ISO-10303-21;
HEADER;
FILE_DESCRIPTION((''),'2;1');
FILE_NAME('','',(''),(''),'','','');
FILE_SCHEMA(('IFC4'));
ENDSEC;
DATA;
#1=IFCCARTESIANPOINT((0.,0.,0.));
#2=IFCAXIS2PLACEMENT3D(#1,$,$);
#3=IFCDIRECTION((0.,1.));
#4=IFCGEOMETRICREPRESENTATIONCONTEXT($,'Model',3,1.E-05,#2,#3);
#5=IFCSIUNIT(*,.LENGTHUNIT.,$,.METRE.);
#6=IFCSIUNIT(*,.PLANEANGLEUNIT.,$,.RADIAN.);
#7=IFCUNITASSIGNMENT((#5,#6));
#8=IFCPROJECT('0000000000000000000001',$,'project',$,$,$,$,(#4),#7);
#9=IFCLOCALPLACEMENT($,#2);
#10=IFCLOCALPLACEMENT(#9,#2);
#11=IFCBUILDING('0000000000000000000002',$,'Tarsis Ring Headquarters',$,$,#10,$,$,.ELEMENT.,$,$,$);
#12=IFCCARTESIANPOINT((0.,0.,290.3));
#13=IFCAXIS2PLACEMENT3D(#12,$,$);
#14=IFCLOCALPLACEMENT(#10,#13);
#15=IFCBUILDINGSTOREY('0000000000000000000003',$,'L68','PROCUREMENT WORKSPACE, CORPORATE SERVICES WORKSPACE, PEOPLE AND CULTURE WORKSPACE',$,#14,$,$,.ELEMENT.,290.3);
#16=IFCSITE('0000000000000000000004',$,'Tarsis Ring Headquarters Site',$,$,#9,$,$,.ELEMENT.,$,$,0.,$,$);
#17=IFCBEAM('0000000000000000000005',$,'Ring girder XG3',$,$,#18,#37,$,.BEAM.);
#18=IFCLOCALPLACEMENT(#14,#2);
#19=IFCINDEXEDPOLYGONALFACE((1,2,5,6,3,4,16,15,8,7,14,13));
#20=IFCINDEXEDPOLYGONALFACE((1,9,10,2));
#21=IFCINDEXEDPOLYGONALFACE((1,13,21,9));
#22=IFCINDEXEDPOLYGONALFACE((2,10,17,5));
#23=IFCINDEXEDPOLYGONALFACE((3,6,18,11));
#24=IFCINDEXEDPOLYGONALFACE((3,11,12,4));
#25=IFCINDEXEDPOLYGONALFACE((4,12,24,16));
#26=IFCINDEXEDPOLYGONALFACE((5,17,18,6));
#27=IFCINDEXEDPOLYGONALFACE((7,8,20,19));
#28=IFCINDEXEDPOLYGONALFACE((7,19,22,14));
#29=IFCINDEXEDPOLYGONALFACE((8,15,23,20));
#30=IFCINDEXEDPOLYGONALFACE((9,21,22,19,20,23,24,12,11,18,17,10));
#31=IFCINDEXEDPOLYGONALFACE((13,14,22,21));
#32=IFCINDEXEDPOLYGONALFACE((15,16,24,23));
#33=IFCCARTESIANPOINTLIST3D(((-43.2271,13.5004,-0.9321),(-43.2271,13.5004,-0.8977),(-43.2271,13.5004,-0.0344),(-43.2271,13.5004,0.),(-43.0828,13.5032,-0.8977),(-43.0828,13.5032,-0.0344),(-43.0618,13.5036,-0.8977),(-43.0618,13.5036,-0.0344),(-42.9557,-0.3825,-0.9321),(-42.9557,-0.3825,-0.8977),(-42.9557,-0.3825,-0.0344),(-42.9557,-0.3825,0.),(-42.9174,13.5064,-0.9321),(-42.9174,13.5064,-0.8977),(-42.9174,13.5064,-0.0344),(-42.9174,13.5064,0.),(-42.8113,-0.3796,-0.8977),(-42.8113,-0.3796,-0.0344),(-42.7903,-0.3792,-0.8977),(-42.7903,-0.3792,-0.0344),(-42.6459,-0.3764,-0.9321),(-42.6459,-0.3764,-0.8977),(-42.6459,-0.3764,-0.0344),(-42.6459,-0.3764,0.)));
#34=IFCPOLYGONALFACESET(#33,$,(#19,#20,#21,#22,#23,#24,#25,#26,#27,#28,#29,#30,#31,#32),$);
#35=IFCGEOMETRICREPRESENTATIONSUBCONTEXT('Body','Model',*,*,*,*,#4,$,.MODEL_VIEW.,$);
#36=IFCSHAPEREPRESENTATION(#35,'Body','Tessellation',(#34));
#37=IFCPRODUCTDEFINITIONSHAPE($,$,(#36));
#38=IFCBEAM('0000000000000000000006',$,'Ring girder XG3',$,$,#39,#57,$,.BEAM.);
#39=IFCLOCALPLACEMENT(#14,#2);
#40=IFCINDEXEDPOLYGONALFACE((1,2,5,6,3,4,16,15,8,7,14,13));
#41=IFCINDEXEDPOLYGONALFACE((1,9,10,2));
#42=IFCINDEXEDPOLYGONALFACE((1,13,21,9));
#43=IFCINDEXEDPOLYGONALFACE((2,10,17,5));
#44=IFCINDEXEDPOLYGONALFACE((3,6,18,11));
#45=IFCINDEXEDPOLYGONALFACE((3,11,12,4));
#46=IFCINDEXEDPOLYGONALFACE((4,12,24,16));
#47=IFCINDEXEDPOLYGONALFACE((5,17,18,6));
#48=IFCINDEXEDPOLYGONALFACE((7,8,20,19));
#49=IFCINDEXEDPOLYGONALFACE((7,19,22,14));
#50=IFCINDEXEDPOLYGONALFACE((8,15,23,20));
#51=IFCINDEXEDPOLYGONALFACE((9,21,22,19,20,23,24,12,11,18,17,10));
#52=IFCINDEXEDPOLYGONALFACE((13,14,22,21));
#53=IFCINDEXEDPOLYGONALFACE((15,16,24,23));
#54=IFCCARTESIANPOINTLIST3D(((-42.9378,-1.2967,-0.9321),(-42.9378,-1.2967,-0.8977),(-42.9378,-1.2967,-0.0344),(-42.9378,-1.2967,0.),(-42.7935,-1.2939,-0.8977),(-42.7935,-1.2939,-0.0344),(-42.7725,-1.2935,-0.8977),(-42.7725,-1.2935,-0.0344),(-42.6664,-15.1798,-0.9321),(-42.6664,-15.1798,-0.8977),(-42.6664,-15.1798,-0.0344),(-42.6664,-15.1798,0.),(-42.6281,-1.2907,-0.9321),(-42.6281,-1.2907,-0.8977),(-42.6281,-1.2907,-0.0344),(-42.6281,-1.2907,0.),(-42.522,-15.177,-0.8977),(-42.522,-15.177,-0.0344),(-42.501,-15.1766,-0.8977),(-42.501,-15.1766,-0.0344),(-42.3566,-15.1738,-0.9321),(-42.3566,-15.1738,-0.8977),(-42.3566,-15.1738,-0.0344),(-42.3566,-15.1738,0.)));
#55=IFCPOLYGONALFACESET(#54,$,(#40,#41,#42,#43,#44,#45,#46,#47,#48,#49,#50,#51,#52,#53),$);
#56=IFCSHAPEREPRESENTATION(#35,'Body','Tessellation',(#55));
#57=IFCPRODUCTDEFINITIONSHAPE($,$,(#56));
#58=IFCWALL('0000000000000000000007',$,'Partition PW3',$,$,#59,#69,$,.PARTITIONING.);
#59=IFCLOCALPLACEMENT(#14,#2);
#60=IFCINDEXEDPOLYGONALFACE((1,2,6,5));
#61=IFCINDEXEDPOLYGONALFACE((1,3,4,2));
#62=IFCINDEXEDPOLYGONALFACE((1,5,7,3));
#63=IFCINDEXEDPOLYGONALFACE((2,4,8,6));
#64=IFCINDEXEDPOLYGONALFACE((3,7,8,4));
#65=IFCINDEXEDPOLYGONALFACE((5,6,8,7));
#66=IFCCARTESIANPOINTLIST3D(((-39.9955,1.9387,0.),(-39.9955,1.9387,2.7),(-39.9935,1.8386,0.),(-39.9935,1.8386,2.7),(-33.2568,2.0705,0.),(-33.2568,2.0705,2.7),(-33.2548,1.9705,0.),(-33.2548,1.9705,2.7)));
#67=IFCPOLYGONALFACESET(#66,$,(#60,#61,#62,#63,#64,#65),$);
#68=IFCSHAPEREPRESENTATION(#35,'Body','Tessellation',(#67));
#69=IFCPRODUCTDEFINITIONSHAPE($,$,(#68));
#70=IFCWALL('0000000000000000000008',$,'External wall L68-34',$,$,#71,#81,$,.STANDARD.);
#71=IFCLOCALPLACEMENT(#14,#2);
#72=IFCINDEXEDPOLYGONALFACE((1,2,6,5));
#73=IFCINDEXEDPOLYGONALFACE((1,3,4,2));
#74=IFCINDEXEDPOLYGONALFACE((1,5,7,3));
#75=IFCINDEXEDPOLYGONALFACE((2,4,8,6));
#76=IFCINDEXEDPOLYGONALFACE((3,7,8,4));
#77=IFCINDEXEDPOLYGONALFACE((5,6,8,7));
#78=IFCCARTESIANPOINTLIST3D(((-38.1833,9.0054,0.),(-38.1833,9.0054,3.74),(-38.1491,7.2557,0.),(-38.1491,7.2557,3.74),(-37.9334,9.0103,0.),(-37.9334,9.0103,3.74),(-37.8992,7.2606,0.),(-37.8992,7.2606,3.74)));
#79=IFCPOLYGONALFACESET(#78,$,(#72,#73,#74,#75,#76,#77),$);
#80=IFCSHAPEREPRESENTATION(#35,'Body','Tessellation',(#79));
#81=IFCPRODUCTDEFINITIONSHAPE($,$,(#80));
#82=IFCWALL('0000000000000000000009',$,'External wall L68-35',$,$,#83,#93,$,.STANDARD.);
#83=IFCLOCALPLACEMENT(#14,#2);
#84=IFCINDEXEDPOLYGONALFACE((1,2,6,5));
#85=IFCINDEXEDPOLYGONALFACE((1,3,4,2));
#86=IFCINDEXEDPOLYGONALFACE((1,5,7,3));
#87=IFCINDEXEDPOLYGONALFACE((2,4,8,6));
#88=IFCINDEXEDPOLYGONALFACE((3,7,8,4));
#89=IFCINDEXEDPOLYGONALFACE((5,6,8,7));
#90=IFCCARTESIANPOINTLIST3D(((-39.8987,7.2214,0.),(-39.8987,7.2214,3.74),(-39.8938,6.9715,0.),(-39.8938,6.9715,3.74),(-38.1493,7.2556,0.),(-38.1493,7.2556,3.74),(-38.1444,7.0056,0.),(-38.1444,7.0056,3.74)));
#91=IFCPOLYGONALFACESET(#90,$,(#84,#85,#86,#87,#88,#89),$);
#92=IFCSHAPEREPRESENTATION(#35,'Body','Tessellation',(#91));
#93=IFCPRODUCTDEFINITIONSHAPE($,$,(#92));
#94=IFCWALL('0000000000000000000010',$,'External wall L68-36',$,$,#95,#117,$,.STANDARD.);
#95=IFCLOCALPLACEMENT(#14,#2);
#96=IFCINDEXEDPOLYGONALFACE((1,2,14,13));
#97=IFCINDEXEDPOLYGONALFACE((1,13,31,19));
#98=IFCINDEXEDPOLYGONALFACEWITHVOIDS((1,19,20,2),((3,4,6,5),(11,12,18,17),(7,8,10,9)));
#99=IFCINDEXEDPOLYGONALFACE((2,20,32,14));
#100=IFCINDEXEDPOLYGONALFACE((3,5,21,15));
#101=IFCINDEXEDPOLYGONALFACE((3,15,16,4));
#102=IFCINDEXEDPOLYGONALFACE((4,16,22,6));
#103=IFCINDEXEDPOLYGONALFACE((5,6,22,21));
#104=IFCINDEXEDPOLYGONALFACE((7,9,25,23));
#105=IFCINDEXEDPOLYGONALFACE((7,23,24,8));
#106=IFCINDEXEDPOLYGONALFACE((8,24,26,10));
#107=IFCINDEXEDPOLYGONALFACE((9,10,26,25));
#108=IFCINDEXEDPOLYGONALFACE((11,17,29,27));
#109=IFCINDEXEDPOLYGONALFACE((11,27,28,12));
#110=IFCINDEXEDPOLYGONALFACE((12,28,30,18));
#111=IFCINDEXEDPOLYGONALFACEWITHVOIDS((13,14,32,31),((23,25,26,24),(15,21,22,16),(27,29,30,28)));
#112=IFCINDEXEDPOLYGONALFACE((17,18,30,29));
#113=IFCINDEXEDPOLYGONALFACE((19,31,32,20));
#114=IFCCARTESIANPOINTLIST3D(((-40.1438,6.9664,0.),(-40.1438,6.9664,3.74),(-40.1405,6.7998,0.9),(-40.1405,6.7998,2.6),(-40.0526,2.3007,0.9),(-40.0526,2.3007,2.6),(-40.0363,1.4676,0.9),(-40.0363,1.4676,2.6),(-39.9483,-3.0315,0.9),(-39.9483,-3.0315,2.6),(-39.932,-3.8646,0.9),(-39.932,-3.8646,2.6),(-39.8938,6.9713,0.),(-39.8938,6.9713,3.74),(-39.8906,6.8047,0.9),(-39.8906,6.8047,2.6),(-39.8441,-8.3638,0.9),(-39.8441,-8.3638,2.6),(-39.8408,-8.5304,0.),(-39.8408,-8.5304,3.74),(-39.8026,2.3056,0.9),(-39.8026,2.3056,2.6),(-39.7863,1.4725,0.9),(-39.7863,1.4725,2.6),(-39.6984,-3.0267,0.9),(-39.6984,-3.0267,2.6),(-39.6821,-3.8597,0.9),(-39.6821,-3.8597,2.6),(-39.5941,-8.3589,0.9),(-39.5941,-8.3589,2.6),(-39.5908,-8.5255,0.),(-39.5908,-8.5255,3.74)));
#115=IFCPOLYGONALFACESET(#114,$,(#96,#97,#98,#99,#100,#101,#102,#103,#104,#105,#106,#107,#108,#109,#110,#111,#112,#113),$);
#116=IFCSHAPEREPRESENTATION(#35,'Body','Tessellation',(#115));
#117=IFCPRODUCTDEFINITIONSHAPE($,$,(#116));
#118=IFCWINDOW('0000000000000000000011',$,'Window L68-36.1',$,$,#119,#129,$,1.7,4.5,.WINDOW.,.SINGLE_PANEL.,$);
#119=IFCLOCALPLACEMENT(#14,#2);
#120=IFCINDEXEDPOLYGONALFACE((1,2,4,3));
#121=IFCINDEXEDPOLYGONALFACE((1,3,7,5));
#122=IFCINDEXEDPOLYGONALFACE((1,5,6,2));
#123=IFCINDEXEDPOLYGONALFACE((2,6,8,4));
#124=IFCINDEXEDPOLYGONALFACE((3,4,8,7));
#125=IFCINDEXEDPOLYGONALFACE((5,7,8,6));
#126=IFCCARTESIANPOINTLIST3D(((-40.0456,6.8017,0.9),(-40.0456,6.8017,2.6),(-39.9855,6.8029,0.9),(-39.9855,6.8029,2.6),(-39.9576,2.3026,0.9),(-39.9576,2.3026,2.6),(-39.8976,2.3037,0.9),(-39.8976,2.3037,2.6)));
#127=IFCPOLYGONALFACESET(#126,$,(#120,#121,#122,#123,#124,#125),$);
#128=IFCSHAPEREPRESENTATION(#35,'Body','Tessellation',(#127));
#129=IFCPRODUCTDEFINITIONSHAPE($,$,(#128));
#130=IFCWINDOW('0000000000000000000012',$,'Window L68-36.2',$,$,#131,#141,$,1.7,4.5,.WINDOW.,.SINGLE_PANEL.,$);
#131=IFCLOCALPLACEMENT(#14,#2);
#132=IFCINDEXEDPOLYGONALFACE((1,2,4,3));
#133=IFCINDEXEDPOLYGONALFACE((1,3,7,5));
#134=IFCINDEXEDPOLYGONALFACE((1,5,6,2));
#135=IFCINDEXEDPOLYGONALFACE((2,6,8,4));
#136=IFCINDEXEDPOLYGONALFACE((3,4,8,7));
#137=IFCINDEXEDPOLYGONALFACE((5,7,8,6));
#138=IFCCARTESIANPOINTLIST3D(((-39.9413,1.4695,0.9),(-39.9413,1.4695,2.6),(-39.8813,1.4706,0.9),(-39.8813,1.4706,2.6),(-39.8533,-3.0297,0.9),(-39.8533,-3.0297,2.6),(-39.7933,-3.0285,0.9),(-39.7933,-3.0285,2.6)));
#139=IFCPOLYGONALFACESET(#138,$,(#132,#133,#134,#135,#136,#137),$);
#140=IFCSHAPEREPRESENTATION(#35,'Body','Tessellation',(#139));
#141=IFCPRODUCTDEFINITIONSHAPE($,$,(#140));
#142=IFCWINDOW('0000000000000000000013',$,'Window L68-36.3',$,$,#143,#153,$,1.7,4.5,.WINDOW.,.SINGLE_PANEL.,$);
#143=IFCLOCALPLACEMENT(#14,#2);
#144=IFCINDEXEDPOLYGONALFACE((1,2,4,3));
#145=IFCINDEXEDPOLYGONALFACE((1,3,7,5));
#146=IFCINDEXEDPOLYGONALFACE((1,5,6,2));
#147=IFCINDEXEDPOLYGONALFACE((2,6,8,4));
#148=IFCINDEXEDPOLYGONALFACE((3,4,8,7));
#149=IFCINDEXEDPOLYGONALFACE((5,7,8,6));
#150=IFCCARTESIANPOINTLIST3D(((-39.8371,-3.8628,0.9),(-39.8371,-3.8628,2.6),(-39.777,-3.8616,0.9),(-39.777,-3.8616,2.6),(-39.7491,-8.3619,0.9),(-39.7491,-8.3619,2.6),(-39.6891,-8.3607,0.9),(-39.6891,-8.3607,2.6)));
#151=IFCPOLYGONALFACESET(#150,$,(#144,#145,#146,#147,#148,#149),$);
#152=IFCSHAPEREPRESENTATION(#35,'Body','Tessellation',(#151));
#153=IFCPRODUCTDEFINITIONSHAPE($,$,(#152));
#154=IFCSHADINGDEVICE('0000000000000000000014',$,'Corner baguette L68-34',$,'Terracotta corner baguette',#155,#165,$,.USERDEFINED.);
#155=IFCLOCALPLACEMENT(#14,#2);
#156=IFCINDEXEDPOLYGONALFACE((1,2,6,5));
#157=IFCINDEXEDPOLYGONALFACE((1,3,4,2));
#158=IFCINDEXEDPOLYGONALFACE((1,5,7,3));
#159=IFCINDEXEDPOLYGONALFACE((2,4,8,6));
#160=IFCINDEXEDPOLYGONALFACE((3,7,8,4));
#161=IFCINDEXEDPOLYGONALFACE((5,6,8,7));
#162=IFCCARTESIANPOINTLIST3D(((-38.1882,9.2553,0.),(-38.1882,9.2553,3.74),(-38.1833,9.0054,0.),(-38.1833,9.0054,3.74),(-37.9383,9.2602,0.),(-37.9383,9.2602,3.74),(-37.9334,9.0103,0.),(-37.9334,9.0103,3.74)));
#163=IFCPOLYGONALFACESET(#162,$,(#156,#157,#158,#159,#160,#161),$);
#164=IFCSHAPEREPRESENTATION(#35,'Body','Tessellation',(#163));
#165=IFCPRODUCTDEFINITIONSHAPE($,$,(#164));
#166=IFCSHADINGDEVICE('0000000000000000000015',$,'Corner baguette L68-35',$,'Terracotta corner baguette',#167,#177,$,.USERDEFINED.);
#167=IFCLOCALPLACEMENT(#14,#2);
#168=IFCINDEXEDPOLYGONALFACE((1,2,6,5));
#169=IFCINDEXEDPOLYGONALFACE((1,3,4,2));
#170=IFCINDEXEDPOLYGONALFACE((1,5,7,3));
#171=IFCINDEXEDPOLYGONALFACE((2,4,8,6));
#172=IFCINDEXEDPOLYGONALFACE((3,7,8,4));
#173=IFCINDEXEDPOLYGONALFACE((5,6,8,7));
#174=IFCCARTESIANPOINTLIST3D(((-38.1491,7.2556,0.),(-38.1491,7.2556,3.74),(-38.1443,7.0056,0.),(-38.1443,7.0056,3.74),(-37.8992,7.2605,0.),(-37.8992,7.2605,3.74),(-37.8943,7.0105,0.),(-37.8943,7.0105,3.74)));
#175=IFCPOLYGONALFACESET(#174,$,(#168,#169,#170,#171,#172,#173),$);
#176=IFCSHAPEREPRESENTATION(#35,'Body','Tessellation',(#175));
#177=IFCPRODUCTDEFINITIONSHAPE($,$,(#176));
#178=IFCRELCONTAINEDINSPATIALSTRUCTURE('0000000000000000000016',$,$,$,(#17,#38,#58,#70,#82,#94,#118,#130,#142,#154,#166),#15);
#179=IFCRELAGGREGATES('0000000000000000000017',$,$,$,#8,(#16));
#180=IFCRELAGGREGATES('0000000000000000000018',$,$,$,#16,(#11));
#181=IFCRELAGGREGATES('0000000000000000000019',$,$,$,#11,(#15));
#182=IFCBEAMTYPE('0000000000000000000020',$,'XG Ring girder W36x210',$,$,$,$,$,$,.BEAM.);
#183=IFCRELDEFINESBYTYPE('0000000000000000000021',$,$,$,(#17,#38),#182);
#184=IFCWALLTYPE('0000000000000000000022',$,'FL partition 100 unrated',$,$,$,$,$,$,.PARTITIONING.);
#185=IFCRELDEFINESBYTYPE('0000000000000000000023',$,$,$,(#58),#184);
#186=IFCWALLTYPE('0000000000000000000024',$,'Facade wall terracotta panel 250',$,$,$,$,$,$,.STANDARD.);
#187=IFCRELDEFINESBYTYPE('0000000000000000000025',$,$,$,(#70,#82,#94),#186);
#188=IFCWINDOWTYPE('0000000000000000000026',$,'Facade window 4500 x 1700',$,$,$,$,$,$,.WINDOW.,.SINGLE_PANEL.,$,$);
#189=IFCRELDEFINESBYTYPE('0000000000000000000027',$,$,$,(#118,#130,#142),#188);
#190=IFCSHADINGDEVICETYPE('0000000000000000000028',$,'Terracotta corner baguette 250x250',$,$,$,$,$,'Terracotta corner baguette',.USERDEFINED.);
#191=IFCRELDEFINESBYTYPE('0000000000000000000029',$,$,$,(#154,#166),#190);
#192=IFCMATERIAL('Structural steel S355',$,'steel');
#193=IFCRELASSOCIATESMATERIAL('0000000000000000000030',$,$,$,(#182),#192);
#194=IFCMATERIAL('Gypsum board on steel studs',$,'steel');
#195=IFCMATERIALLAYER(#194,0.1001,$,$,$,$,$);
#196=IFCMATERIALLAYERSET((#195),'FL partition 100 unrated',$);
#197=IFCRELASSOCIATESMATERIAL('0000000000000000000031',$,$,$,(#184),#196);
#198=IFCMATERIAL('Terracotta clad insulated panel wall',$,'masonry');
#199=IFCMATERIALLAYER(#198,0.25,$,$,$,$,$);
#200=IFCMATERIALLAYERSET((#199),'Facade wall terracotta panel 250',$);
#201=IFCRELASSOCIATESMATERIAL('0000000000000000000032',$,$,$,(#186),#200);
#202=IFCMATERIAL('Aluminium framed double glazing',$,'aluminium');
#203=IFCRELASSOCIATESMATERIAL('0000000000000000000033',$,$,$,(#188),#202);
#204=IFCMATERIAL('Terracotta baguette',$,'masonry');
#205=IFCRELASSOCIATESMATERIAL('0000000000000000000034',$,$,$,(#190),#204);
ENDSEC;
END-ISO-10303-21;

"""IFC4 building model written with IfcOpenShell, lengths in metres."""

from ifc_helpers import new_model, si_unit, direction, frame, frame_2d, origin, origin_2d, place, context, subcontext, project, spatial, rectangle, i_section, extrude, material, layer, layer_set, material_profile, profile_set, type_object, element, fill, save


model = new_model("IFC4")

# Units and contexts
model_context = context("Model", 3, precision=1e-05, world=origin(), true_north=direction((0.0, 1.0)))
body_context = subcontext(model_context, "Body", "Model", "MODEL_VIEW")
ifc_project = project(units=[si_unit("LENGTHUNIT", "METRE"), si_unit("PLANEANGLEUNIT", "RADIAN")], contexts=[model_context])

# Site, building, storey
site_placement = place(None, origin())
site = spatial("IfcSite", under=ifc_project, at=site_placement, Name="Tarsis Ring Headquarters Site", CompositionType="ELEMENT", RefElevation=0.0)
building_placement = place(site_placement, origin())
building = spatial("IfcBuilding", under=site, at=building_placement, Name="Tarsis Ring Headquarters", CompositionType="ELEMENT")
storey_placement = place(building_placement, frame((0.0, 0.0, 290.3)))
storey = spatial("IfcBuildingStorey", under=building, at=storey_placement, Name="L68", Description="PROCUREMENT WORKSPACE, CORPORATE SERVICES WORKSPACE, PEOPLE AND CULTURE WORKSPACE", CompositionType="ELEMENT", Elevation=290.3)

# Shared definitions
ifc_material_1 = material(Name="Structural steel S355", Category="steel")

# Beams
ifc_material_profile_1 = material_profile(ifc_material_1, i_section(OverallWidth=0.3098, OverallDepth=0.9321, WebThickness=0.021, FlangeThickness=0.0344, at=origin_2d()), Name="W36x210")
ifc_profile_set_1 = profile_set([ifc_material_profile_1], Name="Structural steel S355")
beam_type_1 = type_object("IfcBeamType", Name="XG Ring girder W36x210", PredefinedType="BEAM", material=ifc_profile_set_1)
beam_1_placement = place(storey_placement, frame((-43.0723, 13.5034, -0.4661), z_axis=(0.019552, -0.999809, 0.0), x_axis=(0.999809, 0.019552, 0.0)))
element("IfcBeam", 1, at=beam_1_placement, inside=storey, type_object=beam_type_1, Name="Ring girder XG3", PredefinedType="BEAM", context=body_context, shape_type="SweptSolid", body=[
    extrude(i_section(OverallWidth=0.3098, OverallDepth=0.9321, WebThickness=0.021, FlangeThickness=0.0344, at=origin_2d()), origin(), (0.0, 0.0, 1.0), 13.8855),
])
beam_2_placement = place(storey_placement, frame((-42.783, -1.2937, -0.4661), z_axis=(0.019551, -0.999809, 0.0), x_axis=(0.999809, 0.019551, 0.0)))
element("IfcBeam", 2, at=beam_2_placement, inside=storey, type_object=beam_type_1, Name="Ring girder XG3", PredefinedType="BEAM", context=body_context, shape_type="SweptSolid", body=[
    extrude(i_section(OverallWidth=0.3098, OverallDepth=0.9321, WebThickness=0.021, FlangeThickness=0.0344, at=origin_2d()), origin(), (0.0, 0.0, 1.0), 13.8857),
])

# Walls
ifc_material_2 = material(Name="Gypsum board on steel studs", Category="steel")
ifc_layer_1 = layer(ifc_material_2, 0.1001)
ifc_layer_set_1 = layer_set([ifc_layer_1], Name="FL partition 100 unrated")
wall_type_1 = type_object("IfcWallType", Name="FL partition 100 unrated", PredefinedType="PARTITIONING", material=ifc_layer_set_1)
wall_1_placement = place(storey_placement, frame((-39.9946, 1.8887, 0.0), z_axis=(0.0, 0.0, 1.0), x_axis=(0.999809, 0.01956, 0.0)))
element("IfcWall", 3, at=wall_1_placement, inside=storey, type_object=wall_type_1, Name="Partition PW3", PredefinedType="PARTITIONING", context=body_context, shape_type="SweptSolid", body=[
    extrude(rectangle(XDim=6.74, YDim=0.1001, at=frame_2d((3.3701, 0.0))), origin(), (0.0, 0.0, 1.0), 2.7),
])
ifc_material_3 = material(Name="Terracotta clad insulated panel wall", Category="masonry")
ifc_layer_2 = layer(ifc_material_3, 0.25)
ifc_layer_set_2 = layer_set([ifc_layer_2], Name="Facade wall terracotta panel 250")
wall_type_2 = type_object("IfcWallType", Name="Facade wall terracotta panel 250", PredefinedType="STANDARD", material=ifc_layer_set_2)
wall_2_placement = place(storey_placement, frame((-38.0583, 9.0078, 0.0), z_axis=(0.0, 0.0, 1.0), x_axis=(0.01953, -0.999809, 0.0)))
element("IfcWall", 4, at=wall_2_placement, inside=storey, type_object=wall_type_2, Name="External wall L68-34", PredefinedType="STANDARD", context=body_context, shape_type="SweptSolid", body=[
    extrude(rectangle(XDim=1.75, YDim=0.25, at=frame_2d((0.875, 0.0))), origin(), (0.0, 0.0, 1.0), 3.74),
])
wall_3_placement = place(storey_placement, frame((-38.1467, 7.1306, 0.0), z_axis=(0.0, 0.0, 1.0), x_axis=(-0.999809, -0.019533, 0.0)))
element("IfcWall", 5, at=wall_3_placement, inside=storey, type_object=wall_type_2, Name="External wall L68-35", PredefinedType="STANDARD", context=body_context, shape_type="SweptSolid", body=[
    extrude(rectangle(XDim=1.7498, YDim=0.25, at=frame_2d((0.875, 0.0))), origin(), (0.0, 0.0, 1.0), 3.74),
])

# Wall, openings, windows
wall_4_placement = place(storey_placement, frame((-40.0188, 6.969, 0.0), z_axis=(0.0, 0.0, 1.0), x_axis=(0.019547, -0.999809, 0.0)))
wall_4 = element("IfcWall", 6, at=wall_4_placement, inside=storey, type_object=wall_type_2, Name="External wall L68-36", PredefinedType="STANDARD", context=body_context, shape_type="SweptSolid", body=[
    extrude(rectangle(XDim=15.4998, YDim=0.25, at=frame_2d((7.75, 0.0))), origin(), (0.0, 0.0, 1.0), 3.74),
])
opening_1_placement = place(wall_4_placement, frame((0.1667, 0.0, 0.8999)))
opening_1 = element("IfcOpeningElement", 7, at=opening_1_placement, cuts=wall_4, PredefinedType="OPENING", context=body_context, shape_type="SweptSolid", body=[
    extrude(rectangle(XDim=4.5, YDim=1.7, at=frame_2d((2.25, 0.8501))), frame((0.0, 0.135, 0.0), z_axis=(0.0, -1.0, 0.0), x_axis=(1.0, 0.0, 0.0)), (0.0, 0.0, 1.0), 0.27),
])
opening_2_placement = place(wall_4_placement, frame((5.5, 0.0, 0.8999)))
opening_2 = element("IfcOpeningElement", 8, at=opening_2_placement, cuts=wall_4, PredefinedType="OPENING", context=body_context, shape_type="SweptSolid", body=[
    extrude(rectangle(XDim=4.5, YDim=1.7, at=frame_2d((2.25, 0.8501))), frame((0.0, 0.135, 0.0), z_axis=(0.0, -1.0, 0.0), x_axis=(1.0, 0.0, 0.0)), (0.0, 0.0, 1.0), 0.27),
])
opening_3_placement = place(wall_4_placement, frame((10.8333, 0.0, 0.8999)))
opening_3 = element("IfcOpeningElement", 9, at=opening_3_placement, cuts=wall_4, PredefinedType="OPENING", context=body_context, shape_type="SweptSolid", body=[
    extrude(rectangle(XDim=4.5, YDim=1.7, at=frame_2d((2.25, 0.8501))), frame((0.0, 0.135, 0.0), z_axis=(0.0, -1.0, 0.0), x_axis=(1.0, 0.0, 0.0)), (0.0, 0.0, 1.0), 0.27),
])
ifc_material_4 = material(Name="Aluminium framed double glazing", Category="aluminium")
window_type = type_object("IfcWindowType", Name="Facade window 4500 x 1700", PartitioningType="SINGLE_PANEL", PredefinedType="WINDOW", material=ifc_material_4)
window_1_placement = place(opening_1_placement, origin())
window_1 = element("IfcWindow", 10, at=window_1_placement, inside=storey, type_object=window_type, Name="Window L68-36.1", OverallHeight=1.7, OverallWidth=4.5, PartitioningType="SINGLE_PANEL", PredefinedType="WINDOW", context=body_context, shape_type="SweptSolid", body=[
    extrude(rectangle(XDim=4.5, YDim=1.7, at=frame_2d((2.25, 0.8501))), frame((0.0, 0.03, 0.0), z_axis=(0.0, -1.0, 0.0), x_axis=(1.0, 0.0, 0.0)), (0.0, 0.0, 1.0), 0.0601),
])
fill(opening_1, window_1)
window_2_placement = place(opening_2_placement, origin())
window_2 = element("IfcWindow", 11, at=window_2_placement, inside=storey, type_object=window_type, Name="Window L68-36.2", OverallHeight=1.7, OverallWidth=4.5, PartitioningType="SINGLE_PANEL", PredefinedType="WINDOW", context=body_context, shape_type="SweptSolid", body=[
    extrude(rectangle(XDim=4.5, YDim=1.7, at=frame_2d((2.25, 0.8501))), frame((0.0, 0.03, 0.0), z_axis=(0.0, -1.0, 0.0), x_axis=(1.0, 0.0, 0.0)), (0.0, 0.0, 1.0), 0.0601),
])
fill(opening_2, window_2)
window_3_placement = place(opening_3_placement, origin())
window_3 = element("IfcWindow", 12, at=window_3_placement, inside=storey, type_object=window_type, Name="Window L68-36.3", OverallHeight=1.7, OverallWidth=4.5, PartitioningType="SINGLE_PANEL", PredefinedType="WINDOW", context=body_context, shape_type="SweptSolid", body=[
    extrude(rectangle(XDim=4.5, YDim=1.7, at=frame_2d((2.25, 0.8501))), frame((0.0, 0.03, 0.0), z_axis=(0.0, -1.0, 0.0), x_axis=(1.0, 0.0, 0.0)), (0.0, 0.0, 1.0), 0.0601),
])
fill(opening_3, window_3)

# Shading devices
ifc_material_5 = material(Name="Terracotta baguette", Category="masonry")
shading_device_type_1 = type_object("IfcShadingDeviceType", Name="Terracotta corner baguette 250x250", ElementType="Terracotta corner baguette", PredefinedType="USERDEFINED", material=ifc_material_5)
for number, where, z_axis, x_axis, name in (
    (13, (-38.0608, 9.1328, 0.0), (0.0, 0.0, 1.0), (-0.999809, -0.019546, 0.0), "Corner baguette L68-34"),
    (14, (-38.0217, 7.1331, 0.0), (0.0, 0.0, 1.0), (0.019547, -0.999809, 0.0), "Corner baguette L68-35"),
):
    element("IfcShadingDevice", number, at=place(storey_placement, frame(where, z_axis=z_axis, x_axis=x_axis)), inside=storey, type_object=shading_device_type_1, Name=name, ObjectType="Terracotta corner baguette", PredefinedType="USERDEFINED", context=body_context, shape_type="SweptSolid", body=[
        extrude(rectangle(XDim=0.25, YDim=0.25, at=origin_2d()), origin(), (0.0, 0.0, 1.0), 3.74),
    ])

save(model, "model.ifc")
